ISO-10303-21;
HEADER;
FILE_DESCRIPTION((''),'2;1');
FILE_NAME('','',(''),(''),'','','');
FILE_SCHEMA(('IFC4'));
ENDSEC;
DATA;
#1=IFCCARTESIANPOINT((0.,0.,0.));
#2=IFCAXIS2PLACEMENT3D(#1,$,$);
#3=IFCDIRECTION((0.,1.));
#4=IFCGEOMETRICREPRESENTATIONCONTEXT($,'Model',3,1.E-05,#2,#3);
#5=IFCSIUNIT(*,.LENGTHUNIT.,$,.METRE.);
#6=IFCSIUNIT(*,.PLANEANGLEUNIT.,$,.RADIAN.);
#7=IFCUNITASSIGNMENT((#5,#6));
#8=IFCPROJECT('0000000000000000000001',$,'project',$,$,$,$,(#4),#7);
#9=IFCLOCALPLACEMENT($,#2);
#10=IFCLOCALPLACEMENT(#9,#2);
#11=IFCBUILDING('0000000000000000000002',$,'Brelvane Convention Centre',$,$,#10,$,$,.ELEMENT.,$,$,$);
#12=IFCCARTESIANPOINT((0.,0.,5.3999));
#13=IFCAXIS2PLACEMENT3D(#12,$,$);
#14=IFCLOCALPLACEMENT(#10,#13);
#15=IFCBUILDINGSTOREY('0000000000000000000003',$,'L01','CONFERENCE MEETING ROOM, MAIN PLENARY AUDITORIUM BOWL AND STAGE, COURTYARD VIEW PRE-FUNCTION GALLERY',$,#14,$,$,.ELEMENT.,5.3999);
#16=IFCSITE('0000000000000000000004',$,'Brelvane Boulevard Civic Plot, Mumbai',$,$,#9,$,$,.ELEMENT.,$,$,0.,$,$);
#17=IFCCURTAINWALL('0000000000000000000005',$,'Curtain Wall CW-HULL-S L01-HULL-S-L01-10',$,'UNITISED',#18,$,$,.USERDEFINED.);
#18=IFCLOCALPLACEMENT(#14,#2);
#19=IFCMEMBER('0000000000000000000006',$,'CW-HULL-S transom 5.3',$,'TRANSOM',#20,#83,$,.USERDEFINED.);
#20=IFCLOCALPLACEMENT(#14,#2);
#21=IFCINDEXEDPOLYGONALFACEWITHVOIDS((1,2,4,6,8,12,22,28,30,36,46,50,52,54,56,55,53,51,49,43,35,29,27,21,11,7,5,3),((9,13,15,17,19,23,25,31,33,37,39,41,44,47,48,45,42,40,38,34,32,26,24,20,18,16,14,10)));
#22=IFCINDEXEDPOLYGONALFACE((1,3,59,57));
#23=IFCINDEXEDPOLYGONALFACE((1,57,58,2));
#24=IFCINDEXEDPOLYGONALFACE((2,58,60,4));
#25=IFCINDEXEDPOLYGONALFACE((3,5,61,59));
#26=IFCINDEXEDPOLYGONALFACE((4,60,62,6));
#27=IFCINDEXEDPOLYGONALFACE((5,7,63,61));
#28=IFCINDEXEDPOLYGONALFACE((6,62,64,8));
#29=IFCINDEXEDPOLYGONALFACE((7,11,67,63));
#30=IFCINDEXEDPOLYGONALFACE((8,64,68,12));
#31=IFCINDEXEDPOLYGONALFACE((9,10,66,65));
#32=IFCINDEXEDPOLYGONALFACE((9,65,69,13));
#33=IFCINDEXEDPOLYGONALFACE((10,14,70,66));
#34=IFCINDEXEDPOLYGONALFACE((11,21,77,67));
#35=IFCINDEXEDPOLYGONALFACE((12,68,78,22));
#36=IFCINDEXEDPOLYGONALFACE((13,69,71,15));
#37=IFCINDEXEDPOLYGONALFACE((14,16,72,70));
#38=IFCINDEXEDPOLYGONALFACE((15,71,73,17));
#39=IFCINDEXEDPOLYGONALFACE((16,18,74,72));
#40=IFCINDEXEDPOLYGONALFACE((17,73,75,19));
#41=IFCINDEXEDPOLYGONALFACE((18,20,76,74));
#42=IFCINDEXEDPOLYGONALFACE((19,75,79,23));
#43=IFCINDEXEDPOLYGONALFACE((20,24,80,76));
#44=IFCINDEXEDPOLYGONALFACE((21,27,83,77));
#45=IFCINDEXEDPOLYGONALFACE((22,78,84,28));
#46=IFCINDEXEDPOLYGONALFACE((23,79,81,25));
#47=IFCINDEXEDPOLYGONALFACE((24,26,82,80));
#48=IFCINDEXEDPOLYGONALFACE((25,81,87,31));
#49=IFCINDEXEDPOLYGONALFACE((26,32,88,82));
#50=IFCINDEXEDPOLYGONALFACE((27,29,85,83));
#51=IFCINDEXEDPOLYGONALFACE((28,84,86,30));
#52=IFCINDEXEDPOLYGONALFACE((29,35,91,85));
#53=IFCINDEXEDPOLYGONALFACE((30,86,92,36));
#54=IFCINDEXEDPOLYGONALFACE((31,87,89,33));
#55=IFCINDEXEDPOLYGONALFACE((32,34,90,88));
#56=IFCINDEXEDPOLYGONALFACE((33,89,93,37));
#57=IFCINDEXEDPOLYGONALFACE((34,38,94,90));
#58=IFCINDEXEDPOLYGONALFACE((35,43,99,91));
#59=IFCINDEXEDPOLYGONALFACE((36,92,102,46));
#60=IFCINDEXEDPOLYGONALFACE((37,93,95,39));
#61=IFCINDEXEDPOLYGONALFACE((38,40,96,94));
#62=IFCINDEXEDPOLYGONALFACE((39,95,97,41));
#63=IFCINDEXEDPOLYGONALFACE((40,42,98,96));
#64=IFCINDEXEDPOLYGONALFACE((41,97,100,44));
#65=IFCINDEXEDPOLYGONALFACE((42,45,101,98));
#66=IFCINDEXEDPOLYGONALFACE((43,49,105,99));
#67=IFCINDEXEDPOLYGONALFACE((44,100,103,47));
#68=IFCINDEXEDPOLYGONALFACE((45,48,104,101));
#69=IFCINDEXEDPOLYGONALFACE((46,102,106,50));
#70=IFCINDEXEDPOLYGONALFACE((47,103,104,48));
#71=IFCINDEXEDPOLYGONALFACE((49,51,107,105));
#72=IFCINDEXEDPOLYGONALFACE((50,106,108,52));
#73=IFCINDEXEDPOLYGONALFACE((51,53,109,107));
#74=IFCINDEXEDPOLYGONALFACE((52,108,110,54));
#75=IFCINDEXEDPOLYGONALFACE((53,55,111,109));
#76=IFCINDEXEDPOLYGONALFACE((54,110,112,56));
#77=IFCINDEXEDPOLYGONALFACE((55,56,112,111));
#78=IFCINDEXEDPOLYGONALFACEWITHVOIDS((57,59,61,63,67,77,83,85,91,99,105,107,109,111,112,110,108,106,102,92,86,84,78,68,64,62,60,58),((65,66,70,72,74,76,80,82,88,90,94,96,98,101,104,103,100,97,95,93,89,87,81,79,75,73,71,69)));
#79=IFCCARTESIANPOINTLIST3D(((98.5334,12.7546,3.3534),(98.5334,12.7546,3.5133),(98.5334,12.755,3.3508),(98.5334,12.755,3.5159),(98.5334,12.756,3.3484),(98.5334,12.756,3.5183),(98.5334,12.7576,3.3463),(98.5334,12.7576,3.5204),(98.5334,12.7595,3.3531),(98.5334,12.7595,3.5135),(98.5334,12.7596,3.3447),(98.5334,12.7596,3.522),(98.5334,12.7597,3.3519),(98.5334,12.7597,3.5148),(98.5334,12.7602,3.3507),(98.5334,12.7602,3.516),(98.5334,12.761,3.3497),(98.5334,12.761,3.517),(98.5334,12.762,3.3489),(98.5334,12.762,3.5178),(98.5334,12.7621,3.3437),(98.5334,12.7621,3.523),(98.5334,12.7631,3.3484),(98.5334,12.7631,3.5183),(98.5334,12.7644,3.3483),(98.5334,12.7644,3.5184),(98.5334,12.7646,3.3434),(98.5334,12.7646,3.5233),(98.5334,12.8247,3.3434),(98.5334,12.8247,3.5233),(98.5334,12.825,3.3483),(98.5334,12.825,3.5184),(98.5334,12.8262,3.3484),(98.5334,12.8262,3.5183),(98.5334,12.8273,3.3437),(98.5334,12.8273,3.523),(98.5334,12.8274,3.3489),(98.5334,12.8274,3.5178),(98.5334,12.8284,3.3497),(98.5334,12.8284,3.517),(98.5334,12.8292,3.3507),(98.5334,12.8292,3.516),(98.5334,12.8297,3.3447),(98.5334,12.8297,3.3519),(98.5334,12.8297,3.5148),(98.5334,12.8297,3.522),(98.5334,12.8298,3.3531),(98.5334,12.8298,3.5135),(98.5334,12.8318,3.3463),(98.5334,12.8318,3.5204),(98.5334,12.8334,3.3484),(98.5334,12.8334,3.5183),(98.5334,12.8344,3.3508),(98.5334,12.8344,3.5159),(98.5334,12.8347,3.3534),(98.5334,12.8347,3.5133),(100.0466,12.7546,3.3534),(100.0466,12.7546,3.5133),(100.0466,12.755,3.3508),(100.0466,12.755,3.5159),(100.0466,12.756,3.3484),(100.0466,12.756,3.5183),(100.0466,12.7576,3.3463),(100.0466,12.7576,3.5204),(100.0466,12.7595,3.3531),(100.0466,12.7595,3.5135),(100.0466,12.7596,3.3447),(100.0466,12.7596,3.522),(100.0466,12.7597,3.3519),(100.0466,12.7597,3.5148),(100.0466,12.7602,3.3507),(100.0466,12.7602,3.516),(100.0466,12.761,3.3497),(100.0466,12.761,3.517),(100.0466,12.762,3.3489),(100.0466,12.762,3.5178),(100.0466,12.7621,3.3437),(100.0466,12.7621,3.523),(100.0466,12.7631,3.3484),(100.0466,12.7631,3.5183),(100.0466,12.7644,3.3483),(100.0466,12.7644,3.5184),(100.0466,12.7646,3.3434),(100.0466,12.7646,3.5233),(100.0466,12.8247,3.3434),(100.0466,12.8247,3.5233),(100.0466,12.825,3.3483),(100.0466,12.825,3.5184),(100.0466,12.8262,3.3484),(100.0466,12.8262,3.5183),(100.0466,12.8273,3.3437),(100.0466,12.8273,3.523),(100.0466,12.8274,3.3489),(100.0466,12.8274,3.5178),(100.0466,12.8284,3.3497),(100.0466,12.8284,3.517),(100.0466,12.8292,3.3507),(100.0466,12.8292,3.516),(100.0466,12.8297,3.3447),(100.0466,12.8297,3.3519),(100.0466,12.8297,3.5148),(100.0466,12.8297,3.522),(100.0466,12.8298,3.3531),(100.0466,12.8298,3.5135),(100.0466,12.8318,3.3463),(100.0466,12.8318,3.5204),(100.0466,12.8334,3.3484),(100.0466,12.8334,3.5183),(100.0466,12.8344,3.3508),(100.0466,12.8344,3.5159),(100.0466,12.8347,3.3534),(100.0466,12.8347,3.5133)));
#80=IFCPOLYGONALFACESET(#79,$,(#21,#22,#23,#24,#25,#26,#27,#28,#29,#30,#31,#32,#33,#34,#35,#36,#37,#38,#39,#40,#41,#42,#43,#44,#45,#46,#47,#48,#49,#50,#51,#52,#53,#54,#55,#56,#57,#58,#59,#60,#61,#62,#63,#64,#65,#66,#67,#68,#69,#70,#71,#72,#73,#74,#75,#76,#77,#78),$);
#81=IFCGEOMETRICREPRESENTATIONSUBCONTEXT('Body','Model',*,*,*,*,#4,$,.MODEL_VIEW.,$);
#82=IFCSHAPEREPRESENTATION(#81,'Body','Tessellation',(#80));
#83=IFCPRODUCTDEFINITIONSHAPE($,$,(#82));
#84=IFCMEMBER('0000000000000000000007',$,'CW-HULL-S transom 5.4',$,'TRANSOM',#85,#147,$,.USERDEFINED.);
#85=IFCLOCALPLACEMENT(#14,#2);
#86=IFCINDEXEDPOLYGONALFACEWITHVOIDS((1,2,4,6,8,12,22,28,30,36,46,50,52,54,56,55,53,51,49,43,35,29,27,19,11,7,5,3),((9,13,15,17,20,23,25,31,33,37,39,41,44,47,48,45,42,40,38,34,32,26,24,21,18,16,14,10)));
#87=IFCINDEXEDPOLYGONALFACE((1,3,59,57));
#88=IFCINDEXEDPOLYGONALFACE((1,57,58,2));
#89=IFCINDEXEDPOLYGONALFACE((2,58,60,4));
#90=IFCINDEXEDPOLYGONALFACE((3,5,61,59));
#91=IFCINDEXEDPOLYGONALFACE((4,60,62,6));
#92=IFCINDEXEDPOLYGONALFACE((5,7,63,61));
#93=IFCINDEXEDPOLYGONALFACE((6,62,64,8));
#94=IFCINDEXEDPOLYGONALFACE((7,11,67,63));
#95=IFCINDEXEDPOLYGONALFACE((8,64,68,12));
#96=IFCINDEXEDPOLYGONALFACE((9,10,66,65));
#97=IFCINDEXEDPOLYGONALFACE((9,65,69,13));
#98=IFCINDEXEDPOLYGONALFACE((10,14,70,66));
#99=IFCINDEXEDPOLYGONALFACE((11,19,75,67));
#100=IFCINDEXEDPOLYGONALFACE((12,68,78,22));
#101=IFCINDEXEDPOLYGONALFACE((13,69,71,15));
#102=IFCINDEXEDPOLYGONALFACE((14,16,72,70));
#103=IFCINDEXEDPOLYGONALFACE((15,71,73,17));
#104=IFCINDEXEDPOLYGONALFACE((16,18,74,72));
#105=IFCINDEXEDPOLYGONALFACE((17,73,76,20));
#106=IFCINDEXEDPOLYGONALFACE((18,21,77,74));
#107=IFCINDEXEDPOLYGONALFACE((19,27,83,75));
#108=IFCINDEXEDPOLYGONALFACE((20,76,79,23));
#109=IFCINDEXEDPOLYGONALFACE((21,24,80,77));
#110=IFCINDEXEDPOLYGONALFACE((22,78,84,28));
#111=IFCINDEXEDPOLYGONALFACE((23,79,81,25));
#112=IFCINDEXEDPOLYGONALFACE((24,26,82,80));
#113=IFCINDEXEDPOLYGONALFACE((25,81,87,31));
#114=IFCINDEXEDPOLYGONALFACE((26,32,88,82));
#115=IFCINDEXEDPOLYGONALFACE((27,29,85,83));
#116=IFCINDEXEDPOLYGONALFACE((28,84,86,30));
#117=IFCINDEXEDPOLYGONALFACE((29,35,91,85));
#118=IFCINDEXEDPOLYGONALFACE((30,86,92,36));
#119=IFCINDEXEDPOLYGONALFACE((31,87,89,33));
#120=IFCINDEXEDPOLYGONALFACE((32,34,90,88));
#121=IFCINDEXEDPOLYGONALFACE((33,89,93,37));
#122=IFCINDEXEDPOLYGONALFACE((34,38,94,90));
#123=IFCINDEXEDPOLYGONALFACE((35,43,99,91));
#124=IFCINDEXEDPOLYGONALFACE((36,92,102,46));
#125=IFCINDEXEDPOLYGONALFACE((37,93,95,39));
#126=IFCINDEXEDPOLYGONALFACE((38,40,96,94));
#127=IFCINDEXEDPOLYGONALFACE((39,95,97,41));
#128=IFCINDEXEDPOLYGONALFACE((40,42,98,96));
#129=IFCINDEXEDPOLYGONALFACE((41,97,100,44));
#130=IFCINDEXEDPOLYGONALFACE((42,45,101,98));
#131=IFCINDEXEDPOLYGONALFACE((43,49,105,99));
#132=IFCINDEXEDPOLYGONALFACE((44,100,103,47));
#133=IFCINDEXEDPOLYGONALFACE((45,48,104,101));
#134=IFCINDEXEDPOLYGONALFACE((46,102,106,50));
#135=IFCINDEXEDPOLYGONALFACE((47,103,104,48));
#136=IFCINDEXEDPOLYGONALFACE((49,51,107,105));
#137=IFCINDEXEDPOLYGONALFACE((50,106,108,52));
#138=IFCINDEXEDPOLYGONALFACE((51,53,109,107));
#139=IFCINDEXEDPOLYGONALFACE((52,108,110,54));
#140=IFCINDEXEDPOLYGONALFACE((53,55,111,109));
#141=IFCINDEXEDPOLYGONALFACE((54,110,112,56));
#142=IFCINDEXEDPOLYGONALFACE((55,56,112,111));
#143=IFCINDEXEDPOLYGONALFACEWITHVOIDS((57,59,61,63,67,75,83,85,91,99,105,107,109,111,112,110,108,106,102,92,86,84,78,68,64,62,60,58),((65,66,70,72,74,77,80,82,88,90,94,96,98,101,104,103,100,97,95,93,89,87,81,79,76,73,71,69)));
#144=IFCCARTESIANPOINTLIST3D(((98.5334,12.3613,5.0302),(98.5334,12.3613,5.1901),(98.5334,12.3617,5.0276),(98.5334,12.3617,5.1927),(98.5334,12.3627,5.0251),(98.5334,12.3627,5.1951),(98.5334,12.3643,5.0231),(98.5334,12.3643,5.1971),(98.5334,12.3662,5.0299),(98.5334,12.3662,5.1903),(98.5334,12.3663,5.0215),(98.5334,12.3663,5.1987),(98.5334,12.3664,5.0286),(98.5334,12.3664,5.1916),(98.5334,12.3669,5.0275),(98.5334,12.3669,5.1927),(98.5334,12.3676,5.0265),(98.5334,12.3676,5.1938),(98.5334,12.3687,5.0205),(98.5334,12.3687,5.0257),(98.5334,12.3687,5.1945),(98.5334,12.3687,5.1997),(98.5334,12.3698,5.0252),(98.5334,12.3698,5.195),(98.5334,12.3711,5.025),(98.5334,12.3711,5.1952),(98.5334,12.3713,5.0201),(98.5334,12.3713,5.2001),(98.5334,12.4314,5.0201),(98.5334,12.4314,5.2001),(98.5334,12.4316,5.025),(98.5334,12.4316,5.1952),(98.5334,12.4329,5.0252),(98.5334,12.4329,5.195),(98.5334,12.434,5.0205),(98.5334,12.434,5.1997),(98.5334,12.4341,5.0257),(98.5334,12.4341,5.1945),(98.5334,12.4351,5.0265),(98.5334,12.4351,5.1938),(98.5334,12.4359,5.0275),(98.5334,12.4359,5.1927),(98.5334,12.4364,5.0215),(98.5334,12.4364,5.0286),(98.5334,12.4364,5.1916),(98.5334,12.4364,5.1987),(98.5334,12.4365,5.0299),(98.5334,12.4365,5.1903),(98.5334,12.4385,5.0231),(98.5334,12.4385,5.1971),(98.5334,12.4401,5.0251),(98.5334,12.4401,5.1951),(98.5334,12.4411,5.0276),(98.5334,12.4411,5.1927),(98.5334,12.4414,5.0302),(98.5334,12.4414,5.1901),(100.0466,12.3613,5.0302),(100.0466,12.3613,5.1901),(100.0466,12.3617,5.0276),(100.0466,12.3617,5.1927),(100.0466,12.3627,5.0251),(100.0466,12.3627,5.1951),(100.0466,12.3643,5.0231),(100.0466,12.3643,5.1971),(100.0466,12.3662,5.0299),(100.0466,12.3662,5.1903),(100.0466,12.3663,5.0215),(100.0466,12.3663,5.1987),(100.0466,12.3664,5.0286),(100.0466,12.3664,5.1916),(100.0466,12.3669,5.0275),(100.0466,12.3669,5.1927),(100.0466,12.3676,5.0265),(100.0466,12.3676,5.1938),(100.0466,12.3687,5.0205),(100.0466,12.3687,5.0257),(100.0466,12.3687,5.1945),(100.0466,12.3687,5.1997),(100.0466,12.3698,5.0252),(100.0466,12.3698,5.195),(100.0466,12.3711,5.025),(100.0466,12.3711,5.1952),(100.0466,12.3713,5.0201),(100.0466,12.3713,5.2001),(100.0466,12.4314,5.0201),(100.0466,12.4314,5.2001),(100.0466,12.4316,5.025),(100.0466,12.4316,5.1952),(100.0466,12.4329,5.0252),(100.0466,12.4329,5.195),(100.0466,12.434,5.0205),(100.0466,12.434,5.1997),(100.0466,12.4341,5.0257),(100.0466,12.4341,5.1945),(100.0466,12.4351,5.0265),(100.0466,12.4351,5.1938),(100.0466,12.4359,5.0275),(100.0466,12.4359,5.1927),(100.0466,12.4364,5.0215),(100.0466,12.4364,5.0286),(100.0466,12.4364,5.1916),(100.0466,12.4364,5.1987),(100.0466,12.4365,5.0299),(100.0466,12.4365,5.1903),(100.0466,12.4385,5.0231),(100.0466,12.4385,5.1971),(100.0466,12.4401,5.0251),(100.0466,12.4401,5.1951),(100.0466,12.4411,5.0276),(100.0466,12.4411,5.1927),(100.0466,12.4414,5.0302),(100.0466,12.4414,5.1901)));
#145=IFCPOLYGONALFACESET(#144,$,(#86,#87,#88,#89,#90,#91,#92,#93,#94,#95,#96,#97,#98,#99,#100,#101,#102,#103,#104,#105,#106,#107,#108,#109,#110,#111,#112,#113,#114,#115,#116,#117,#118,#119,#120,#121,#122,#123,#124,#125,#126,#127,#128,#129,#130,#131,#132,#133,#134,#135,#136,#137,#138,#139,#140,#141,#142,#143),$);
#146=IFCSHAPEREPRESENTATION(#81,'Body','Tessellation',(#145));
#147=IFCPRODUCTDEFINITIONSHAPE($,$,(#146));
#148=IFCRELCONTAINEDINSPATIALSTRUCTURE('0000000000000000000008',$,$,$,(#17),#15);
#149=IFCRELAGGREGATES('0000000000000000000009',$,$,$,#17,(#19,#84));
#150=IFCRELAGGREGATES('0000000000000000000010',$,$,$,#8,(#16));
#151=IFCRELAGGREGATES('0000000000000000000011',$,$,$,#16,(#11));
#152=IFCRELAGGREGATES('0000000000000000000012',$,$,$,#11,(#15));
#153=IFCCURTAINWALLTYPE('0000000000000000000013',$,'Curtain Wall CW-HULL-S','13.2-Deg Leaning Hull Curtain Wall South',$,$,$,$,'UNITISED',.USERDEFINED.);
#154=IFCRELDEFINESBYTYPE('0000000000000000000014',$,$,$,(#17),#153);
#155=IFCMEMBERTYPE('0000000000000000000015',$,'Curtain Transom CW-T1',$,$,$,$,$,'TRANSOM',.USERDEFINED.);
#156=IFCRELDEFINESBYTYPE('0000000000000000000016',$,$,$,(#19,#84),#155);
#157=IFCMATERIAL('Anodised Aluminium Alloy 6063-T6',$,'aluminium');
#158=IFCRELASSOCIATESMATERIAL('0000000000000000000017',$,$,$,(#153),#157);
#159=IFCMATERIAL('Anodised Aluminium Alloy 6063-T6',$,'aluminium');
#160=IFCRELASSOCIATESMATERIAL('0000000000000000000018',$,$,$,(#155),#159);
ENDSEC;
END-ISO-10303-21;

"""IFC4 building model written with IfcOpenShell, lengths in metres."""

from ifc_helpers import new_model, si_unit, direction, frame, origin, origin_2d, place, context, subcontext, project, spatial, hollow_rectangle, extrude, material, material_profile, profile_set, type_object, element, aggregate, save


model = new_model("IFC4")

# Units and contexts
model_context = context("Model", 3, precision=1e-05, world=origin(), true_north=direction((0.0, 1.0)))
body_context = subcontext(model_context, "Body", "Model", "MODEL_VIEW")
ifc_project = project(units=[si_unit("LENGTHUNIT", "METRE"), si_unit("PLANEANGLEUNIT", "RADIAN")], contexts=[model_context])

# Site, building, storey
site_placement = place(None, origin())
site = spatial("IfcSite", under=ifc_project, at=site_placement, Name="Brelvane Boulevard Civic Plot, Mumbai", CompositionType="ELEMENT", RefElevation=0.0)
building_placement = place(site_placement, origin())
building = spatial("IfcBuilding", under=site, at=building_placement, Name="Brelvane Convention Centre", CompositionType="ELEMENT")
storey_placement = place(building_placement, frame((0.0, 0.0, 5.3999)))
storey = spatial("IfcBuildingStorey", under=building, at=storey_placement, Name="L01", Description="CONFERENCE MEETING ROOM, MAIN PLENARY AUDITORIUM BOWL AND STAGE, COURTYARD VIEW PRE-FUNCTION GALLERY", CompositionType="ELEMENT", Elevation=5.3999)

# Curtain wall, members
ifc_material_1 = material(Name="Anodised Aluminium Alloy 6063-T6", Category="aluminium")
curtain_wall_type = type_object("IfcCurtainWallType", Name="Curtain Wall CW-HULL-S", Description="13.2-Deg Leaning Hull Curtain Wall South", ElementType="UNITISED", PredefinedType="USERDEFINED", material=ifc_material_1)
curtain_wall_1_placement = place(storey_placement, origin())
curtain_wall_1 = element("IfcCurtainWall", 1, at=curtain_wall_1_placement, inside=storey, type_object=curtain_wall_type, Name="Curtain Wall CW-HULL-S L01-HULL-S-L01-10", ObjectType="UNITISED", PredefinedType="USERDEFINED")
ifc_material_2 = material(Name="Anodised Aluminium Alloy 6063-T6", Category="aluminium")
ifc_material_profile = material_profile(ifc_material_2, hollow_rectangle(XDim=0.0801, YDim=0.1799, WallThickness=0.0049, InnerFilletRadius=0.0049, OuterFilletRadius=0.01, at=origin_2d()), Name="ALU-T 180x80x5.0")
ifc_profile_set = profile_set([ifc_material_profile], Name="Anodised Aluminium Alloy 6063-T6")
member_type = type_object("IfcMemberType", Name="Curtain Transom CW-T1", ElementType="TRANSOM", PredefinedType="USERDEFINED", material=ifc_profile_set)
member_1_placement = place(storey_placement, frame((98.5334, 12.7947, 3.4333), z_axis=(1.0, 0.0, 0.0), x_axis=(0.0, 1.0, 0.0)))
member_1 = element("IfcMember", 2, at=member_1_placement, type_object=member_type, Name="CW-HULL-S transom 5.3", ObjectType="TRANSOM", PredefinedType="USERDEFINED", context=body_context, shape_type="SweptSolid", body=[
    extrude(hollow_rectangle(XDim=0.0801, YDim=0.1799, WallThickness=0.0049, InnerFilletRadius=0.0049, OuterFilletRadius=0.01, at=origin_2d()), origin(), (0.0, 0.0, 1.0), 1.5132),
])
member_2_placement = place(storey_placement, frame((98.5334, 12.4014, 5.1101), z_axis=(1.0, 0.0, 0.0), x_axis=(0.0, 1.0, 0.0)))
member_2 = element("IfcMember", 3, at=member_2_placement, type_object=member_type, Name="CW-HULL-S transom 5.4", ObjectType="TRANSOM", PredefinedType="USERDEFINED", context=body_context, shape_type="SweptSolid", body=[
    extrude(hollow_rectangle(XDim=0.0801, YDim=0.1799, WallThickness=0.0049, InnerFilletRadius=0.0049, OuterFilletRadius=0.01, at=origin_2d()), origin(), (0.0, 0.0, 1.0), 1.5132),
])

aggregate(curtain_wall_1, [member_1, member_2])

save(model, "model.ifc")
